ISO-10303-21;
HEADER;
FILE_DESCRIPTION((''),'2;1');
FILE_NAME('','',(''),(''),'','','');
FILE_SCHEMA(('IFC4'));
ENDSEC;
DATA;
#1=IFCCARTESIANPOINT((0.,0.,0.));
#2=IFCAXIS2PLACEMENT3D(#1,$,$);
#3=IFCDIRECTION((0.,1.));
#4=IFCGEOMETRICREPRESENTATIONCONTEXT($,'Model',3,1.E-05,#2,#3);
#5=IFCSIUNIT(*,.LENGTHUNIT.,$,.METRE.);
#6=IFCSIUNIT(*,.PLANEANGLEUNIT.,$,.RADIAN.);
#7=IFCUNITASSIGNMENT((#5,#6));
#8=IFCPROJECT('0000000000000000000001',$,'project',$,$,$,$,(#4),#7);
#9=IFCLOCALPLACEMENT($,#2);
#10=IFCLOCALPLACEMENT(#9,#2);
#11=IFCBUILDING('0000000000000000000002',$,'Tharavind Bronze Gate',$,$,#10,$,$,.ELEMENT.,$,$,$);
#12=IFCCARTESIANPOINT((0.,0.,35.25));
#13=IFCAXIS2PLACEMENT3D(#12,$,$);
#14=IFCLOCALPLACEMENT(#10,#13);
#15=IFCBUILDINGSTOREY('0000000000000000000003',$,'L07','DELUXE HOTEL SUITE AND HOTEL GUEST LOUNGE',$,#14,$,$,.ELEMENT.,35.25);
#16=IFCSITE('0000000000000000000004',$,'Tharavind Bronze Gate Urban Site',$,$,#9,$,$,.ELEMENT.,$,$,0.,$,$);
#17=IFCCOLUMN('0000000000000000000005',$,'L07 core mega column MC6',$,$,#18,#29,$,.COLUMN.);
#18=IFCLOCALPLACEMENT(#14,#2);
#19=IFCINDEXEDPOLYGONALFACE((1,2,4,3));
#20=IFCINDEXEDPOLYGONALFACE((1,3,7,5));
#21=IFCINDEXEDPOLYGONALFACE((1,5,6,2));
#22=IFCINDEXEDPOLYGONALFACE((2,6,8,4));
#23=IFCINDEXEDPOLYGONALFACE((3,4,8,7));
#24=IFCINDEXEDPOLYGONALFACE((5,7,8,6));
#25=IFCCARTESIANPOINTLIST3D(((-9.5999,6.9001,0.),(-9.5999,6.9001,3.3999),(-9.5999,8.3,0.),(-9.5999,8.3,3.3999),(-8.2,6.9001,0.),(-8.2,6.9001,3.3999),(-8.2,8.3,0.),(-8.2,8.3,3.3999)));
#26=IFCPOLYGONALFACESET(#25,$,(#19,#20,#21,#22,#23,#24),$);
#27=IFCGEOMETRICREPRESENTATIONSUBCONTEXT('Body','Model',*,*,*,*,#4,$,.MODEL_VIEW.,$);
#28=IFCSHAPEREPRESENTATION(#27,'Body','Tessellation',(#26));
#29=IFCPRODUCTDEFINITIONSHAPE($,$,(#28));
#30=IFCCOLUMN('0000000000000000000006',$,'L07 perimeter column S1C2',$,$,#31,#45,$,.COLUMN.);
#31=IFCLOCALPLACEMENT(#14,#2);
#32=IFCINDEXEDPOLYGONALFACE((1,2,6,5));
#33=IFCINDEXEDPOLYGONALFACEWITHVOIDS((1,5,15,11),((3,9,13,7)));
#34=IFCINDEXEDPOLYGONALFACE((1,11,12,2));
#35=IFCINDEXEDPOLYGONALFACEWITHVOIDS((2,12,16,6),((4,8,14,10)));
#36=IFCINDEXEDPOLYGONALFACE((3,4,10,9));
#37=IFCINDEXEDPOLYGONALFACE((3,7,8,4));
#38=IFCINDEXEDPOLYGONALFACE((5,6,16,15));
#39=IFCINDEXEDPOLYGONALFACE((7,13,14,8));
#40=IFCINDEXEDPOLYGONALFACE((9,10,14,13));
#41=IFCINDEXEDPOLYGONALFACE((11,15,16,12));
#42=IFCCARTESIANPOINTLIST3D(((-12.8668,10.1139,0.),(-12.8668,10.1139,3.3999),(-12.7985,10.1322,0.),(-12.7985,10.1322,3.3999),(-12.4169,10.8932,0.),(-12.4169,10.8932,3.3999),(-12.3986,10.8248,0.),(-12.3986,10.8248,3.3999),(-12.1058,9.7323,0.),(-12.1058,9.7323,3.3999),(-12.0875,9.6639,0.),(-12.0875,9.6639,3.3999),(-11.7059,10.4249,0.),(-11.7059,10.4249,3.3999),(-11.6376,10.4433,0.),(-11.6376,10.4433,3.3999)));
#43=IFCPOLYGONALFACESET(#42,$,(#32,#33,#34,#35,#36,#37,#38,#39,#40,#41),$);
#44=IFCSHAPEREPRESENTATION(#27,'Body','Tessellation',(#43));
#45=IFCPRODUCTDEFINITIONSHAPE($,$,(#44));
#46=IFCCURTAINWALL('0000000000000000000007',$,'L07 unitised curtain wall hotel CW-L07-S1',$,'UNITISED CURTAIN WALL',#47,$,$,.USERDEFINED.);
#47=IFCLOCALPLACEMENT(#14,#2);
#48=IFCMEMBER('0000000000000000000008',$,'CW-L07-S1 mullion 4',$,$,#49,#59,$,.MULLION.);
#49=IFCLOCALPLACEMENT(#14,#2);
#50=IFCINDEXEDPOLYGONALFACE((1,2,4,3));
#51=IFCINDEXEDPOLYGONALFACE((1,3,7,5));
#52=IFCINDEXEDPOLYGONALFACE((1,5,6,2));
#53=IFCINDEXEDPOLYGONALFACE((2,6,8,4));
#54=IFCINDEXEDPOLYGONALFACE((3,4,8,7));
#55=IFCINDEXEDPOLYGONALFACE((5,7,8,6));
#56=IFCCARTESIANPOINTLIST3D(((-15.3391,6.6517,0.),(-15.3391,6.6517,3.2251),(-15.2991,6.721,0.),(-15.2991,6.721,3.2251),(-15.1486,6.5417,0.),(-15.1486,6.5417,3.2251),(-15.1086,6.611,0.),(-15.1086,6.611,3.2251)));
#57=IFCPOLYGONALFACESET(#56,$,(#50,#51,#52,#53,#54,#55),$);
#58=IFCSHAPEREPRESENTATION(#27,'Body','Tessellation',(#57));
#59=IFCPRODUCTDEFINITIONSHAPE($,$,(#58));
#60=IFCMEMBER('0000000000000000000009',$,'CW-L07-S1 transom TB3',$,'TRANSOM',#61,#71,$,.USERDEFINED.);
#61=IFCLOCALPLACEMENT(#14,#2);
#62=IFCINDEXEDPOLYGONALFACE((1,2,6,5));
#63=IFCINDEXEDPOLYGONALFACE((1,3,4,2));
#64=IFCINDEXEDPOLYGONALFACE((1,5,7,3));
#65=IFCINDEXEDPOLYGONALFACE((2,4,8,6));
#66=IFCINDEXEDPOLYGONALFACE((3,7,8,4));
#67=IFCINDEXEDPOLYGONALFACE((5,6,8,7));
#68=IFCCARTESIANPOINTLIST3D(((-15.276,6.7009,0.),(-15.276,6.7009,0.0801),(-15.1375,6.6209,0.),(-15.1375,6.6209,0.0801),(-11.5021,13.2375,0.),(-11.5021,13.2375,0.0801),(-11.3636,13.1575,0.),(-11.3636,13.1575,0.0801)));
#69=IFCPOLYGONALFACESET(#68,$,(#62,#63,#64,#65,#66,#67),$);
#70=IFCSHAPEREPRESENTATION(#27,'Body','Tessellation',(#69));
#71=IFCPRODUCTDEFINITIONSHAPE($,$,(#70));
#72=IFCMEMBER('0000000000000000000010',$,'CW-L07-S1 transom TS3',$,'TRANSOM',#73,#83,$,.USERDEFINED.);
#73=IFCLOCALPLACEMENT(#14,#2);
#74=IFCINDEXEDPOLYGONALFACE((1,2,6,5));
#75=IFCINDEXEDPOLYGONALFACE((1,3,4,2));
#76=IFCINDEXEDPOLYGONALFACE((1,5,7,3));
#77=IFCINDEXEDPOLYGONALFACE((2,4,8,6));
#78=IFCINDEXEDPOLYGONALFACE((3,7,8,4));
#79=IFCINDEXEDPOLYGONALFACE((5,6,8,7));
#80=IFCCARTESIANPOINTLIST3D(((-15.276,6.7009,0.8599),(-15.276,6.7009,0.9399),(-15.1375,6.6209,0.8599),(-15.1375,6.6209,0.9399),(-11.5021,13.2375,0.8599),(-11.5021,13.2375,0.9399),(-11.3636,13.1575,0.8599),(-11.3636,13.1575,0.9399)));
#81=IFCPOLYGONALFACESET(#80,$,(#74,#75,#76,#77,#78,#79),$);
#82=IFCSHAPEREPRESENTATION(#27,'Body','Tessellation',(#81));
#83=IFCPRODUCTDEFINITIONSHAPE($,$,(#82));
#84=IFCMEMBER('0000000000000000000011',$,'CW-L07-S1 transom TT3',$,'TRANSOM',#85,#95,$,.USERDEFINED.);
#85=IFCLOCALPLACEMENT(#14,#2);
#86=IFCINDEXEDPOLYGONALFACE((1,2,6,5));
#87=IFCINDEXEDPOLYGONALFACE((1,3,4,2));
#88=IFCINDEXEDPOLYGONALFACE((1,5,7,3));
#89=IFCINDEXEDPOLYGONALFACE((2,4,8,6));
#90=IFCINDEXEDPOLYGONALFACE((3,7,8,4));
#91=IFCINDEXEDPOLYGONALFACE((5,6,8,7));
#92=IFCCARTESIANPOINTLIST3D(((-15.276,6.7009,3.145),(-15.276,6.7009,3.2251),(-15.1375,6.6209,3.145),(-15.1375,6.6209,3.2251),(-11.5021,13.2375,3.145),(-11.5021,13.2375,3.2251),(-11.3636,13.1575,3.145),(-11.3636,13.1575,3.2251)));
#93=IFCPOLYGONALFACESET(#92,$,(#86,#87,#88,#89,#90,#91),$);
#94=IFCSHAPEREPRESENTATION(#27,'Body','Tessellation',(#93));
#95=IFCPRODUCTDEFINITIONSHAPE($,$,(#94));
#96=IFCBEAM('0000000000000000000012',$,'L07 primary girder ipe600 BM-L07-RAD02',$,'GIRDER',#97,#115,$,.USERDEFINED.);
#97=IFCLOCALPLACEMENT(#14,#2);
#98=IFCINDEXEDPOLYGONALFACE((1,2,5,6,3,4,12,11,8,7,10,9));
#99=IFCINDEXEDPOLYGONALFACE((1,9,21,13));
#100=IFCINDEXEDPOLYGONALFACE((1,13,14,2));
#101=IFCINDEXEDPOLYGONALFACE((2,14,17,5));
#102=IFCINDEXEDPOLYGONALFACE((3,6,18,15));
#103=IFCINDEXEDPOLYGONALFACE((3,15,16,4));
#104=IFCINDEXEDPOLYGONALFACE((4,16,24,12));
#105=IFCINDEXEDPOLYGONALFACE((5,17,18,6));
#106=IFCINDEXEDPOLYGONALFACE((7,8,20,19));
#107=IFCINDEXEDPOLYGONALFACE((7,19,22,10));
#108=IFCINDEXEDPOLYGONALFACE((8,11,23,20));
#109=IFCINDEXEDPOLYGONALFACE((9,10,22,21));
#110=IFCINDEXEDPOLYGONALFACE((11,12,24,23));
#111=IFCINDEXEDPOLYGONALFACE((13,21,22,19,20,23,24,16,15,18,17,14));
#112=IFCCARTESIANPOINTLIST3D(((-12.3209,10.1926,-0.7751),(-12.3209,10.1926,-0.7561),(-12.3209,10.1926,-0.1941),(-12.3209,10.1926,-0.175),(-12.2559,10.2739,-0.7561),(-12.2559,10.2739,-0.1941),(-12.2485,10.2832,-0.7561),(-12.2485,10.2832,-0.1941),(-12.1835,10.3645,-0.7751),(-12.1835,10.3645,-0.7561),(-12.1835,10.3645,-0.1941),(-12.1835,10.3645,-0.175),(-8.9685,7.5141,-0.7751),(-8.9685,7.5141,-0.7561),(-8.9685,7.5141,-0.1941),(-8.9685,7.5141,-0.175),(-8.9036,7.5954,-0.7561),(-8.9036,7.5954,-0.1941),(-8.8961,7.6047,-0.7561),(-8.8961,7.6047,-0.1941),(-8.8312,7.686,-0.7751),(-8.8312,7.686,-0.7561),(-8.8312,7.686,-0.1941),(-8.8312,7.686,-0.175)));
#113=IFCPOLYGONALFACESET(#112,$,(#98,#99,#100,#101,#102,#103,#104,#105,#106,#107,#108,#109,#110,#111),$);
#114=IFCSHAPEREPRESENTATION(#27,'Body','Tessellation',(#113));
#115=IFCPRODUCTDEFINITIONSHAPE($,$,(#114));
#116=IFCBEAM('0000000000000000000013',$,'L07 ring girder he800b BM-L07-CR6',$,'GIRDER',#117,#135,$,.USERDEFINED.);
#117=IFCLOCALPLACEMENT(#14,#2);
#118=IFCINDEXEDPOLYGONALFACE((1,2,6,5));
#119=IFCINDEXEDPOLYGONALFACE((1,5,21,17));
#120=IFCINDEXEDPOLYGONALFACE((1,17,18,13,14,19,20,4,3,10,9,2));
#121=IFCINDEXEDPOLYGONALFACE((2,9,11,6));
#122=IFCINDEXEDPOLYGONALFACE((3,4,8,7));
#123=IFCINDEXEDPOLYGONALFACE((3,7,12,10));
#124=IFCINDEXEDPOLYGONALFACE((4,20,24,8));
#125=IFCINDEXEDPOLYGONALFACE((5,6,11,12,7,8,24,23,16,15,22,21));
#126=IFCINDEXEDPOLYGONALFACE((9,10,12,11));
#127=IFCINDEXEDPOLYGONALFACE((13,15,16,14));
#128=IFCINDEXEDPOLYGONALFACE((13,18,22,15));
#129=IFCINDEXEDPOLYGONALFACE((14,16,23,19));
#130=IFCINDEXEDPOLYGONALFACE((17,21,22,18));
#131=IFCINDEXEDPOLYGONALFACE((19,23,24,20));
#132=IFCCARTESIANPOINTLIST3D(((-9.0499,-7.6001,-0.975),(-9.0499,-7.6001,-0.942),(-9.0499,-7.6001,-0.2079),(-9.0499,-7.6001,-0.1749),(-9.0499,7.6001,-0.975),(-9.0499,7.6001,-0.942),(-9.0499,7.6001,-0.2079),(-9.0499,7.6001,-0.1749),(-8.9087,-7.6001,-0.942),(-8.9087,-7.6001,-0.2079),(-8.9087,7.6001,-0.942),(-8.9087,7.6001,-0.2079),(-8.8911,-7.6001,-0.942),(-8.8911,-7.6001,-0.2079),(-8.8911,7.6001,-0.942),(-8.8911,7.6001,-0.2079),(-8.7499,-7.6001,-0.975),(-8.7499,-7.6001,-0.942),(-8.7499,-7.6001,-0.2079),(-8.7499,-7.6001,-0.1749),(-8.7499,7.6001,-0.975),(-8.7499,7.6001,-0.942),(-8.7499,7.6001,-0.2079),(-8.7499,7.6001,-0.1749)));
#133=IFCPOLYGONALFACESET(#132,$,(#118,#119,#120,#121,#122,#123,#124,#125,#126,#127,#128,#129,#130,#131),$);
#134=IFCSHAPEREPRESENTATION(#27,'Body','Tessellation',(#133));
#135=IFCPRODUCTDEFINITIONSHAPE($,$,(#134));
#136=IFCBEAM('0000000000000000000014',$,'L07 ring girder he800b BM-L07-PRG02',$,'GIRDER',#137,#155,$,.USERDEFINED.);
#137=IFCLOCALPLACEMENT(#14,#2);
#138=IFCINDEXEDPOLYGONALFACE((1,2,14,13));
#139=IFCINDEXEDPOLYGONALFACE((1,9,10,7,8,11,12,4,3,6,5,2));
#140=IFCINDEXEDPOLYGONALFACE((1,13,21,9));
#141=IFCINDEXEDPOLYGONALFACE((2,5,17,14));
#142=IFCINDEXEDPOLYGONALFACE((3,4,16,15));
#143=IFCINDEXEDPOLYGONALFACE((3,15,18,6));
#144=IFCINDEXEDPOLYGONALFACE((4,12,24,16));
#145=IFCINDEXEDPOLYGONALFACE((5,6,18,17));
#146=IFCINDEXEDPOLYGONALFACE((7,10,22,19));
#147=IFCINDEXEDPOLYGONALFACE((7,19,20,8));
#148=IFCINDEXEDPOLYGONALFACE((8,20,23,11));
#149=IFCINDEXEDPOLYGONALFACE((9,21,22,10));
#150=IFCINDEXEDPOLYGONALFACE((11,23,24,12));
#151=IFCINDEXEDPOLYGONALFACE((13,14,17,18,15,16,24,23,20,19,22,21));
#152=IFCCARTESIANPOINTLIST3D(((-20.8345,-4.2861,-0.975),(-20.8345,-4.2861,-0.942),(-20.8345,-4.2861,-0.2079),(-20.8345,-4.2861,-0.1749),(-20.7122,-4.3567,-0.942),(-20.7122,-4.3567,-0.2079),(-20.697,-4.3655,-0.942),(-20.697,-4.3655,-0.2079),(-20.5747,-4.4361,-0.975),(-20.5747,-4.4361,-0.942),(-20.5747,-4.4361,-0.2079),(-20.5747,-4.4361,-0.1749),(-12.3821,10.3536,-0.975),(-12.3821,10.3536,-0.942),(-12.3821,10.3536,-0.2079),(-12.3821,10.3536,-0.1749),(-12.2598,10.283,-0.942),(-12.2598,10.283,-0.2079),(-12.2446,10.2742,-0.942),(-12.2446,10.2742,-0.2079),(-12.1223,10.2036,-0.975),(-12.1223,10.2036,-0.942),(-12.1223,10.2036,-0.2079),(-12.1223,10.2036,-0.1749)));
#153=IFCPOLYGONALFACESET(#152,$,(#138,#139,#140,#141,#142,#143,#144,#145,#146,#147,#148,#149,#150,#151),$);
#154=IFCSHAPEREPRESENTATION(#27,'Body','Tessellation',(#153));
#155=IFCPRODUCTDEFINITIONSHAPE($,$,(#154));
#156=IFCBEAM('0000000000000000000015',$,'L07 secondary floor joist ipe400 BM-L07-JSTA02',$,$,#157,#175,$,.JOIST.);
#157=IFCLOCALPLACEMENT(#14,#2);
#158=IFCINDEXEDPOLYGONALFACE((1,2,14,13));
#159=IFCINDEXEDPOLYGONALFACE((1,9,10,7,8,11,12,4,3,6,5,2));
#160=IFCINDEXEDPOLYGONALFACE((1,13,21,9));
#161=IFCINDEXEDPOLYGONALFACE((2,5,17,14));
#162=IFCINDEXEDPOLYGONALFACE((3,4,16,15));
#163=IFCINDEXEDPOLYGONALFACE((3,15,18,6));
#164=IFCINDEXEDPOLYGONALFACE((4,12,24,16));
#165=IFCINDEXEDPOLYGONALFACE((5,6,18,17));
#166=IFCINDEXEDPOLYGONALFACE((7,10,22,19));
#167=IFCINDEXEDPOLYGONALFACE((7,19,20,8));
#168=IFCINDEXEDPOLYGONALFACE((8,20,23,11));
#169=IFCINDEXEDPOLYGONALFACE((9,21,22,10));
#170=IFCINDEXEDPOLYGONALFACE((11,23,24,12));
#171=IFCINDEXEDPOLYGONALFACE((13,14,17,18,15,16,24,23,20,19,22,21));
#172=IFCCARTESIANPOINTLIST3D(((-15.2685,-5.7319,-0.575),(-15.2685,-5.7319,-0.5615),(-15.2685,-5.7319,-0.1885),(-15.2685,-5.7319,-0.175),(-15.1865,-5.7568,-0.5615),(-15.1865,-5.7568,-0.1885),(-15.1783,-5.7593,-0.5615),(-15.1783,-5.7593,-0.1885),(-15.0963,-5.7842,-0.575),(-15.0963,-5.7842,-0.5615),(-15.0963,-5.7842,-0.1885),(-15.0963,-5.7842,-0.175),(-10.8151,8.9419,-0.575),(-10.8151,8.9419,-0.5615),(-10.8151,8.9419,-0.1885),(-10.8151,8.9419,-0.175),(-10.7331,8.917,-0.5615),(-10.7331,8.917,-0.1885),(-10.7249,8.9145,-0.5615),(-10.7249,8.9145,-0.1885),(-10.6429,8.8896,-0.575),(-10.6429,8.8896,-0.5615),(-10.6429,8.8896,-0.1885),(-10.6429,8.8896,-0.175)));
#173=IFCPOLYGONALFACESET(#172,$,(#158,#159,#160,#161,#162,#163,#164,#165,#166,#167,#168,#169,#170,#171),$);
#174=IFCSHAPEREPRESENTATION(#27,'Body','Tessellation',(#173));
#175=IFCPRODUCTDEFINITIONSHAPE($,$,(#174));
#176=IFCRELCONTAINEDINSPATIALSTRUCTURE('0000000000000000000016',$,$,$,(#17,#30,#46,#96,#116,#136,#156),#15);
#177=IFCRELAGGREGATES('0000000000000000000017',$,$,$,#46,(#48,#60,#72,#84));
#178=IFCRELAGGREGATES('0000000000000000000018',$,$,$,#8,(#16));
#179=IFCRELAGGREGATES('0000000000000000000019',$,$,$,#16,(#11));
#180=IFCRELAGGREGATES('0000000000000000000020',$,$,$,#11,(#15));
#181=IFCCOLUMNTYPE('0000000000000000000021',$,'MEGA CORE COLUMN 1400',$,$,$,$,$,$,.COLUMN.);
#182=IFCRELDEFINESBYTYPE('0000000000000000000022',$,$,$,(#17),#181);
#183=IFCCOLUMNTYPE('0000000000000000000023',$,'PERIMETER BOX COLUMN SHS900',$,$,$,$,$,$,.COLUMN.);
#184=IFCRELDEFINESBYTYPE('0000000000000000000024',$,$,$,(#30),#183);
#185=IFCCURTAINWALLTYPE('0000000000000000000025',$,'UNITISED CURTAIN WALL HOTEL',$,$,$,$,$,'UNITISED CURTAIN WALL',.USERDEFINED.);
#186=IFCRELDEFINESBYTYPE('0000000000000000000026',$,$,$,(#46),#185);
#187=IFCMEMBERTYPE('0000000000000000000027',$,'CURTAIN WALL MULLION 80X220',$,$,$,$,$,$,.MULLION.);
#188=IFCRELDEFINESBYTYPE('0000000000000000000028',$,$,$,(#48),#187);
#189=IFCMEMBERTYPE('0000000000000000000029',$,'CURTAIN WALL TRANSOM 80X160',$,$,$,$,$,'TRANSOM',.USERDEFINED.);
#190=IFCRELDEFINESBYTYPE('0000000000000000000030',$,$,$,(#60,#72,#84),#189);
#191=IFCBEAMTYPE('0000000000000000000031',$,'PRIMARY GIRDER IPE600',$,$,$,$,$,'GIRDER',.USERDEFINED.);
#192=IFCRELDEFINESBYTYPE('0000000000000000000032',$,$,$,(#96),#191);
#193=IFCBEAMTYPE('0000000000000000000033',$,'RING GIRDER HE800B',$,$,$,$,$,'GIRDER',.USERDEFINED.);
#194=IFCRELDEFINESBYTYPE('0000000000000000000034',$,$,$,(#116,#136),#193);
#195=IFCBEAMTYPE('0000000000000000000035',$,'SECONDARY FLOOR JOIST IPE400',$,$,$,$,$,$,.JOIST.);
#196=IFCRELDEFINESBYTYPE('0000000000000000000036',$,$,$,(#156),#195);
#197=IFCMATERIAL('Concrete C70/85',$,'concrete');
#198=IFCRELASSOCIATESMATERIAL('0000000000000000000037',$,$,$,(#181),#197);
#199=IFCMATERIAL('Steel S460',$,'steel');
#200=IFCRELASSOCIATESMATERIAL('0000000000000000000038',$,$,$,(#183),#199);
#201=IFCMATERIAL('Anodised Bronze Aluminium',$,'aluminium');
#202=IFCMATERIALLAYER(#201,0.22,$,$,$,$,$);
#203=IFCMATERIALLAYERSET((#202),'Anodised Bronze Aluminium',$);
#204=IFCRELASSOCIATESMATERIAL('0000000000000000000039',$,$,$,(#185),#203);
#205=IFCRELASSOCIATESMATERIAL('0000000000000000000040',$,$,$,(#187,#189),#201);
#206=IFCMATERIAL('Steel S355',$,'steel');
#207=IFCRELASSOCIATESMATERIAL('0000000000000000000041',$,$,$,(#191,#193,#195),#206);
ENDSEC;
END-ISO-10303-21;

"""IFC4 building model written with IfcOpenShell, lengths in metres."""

from ifc_helpers import new_model, si_unit, direction, frame, origin, origin_2d, place, context, subcontext, project, spatial, rectangle, hollow_rectangle, i_section, extrude, material, layer, layer_set, material_profile, profile_set, type_object, element, aggregate, save


model = new_model("IFC4")

# Units and contexts
model_context = context("Model", 3, precision=1e-05, world=origin(), true_north=direction((0.0, 1.0)))
body_context = subcontext(model_context, "Body", "Model", "MODEL_VIEW")
ifc_project = project(units=[si_unit("LENGTHUNIT", "METRE"), si_unit("PLANEANGLEUNIT", "RADIAN")], contexts=[model_context])

# Site, building, storey
site_placement = place(None, origin())
site = spatial("IfcSite", under=ifc_project, at=site_placement, Name="Tharavind Bronze Gate Urban Site", CompositionType="ELEMENT", RefElevation=0.0)
building_placement = place(site_placement, origin())
building = spatial("IfcBuilding", under=site, at=building_placement, Name="Tharavind Bronze Gate", CompositionType="ELEMENT")
storey_placement = place(building_placement, frame((0.0, 0.0, 35.25)))
storey = spatial("IfcBuildingStorey", under=building, at=storey_placement, Name="L07", Description="DELUXE HOTEL SUITE AND HOTEL GUEST LOUNGE", CompositionType="ELEMENT", Elevation=35.25)

# Columns
ifc_material_1 = material(Name="Concrete C70/85", Category="concrete")
ifc_material_profile_1 = material_profile(ifc_material_1, rectangle(XDim=1.3999, YDim=1.3999, at=origin_2d()), Name="RCCOL1400")
ifc_profile_set_1 = profile_set([ifc_material_profile_1], Name="Concrete C70/85")
column_type_1 = type_object("IfcColumnType", Name="MEGA CORE COLUMN 1400", PredefinedType="COLUMN", material=ifc_profile_set_1)
column_1_placement = place(storey_placement, frame((-8.8999, 7.6001, 0.0), z_axis=(0.0, 0.0, 1.0), x_axis=(1.0, 0.0, 0.0)))
element("IfcColumn", 1, at=column_1_placement, inside=storey, type_object=column_type_1, Name="L07 core mega column MC6", PredefinedType="COLUMN", context=body_context, shape_type="SweptSolid", body=[
    extrude(rectangle(XDim=1.3999, YDim=1.3999, at=origin_2d()), origin(), (0.0, 0.0, 1.0), 3.3999),
])
ifc_material_2 = material(Name="Steel S460", Category="steel")
ifc_material_profile_2 = material_profile(ifc_material_2, hollow_rectangle(XDim=0.8999, YDim=0.8999, WallThickness=0.05, at=origin_2d()), Name="SHS900X50")
ifc_profile_set_2 = profile_set([ifc_material_profile_2], Name="Steel S460")
column_type_2 = type_object("IfcColumnType", Name="PERIMETER BOX COLUMN SHS900", PredefinedType="COLUMN", material=ifc_profile_set_2)
column_2_placement = place(storey_placement, frame((-12.2522, 10.2786, 0.0), z_axis=(0.0, 0.0, 1.0), x_axis=(0.500002, 0.866025, 0.0)))
element("IfcColumn", 2, at=column_2_placement, inside=storey, type_object=column_type_2, Name="L07 perimeter column S1C2", PredefinedType="COLUMN", context=body_context, shape_type="SweptSolid", body=[
    extrude(hollow_rectangle(XDim=0.8999, YDim=0.8999, WallThickness=0.05, at=origin_2d()), origin(), (0.0, 0.0, 1.0), 3.3999),
])

# Curtain wall, members
ifc_material_3 = material(Name="Anodised Bronze Aluminium", Category="aluminium")
ifc_layer_1 = layer(ifc_material_3, 0.22)
ifc_layer_set_1 = layer_set([ifc_layer_1], Name="Anodised Bronze Aluminium")
curtain_wall_type = type_object("IfcCurtainWallType", Name="UNITISED CURTAIN WALL HOTEL", ElementType="UNITISED CURTAIN WALL", PredefinedType="USERDEFINED", material=ifc_layer_set_1)
curtain_wall_placement = place(storey_placement, origin())
curtain_wall = element("IfcCurtainWall", 3, at=curtain_wall_placement, inside=storey, type_object=curtain_wall_type, Name="L07 unitised curtain wall hotel CW-L07-S1", ObjectType="UNITISED CURTAIN WALL", PredefinedType="USERDEFINED")
member_type_1 = type_object("IfcMemberType", Name="CURTAIN WALL MULLION 80X220", PredefinedType="MULLION", material=ifc_material_3)
member_1_placement = place(storey_placement, frame((-15.2239, 6.6313, 0.0), z_axis=(0.0, 0.0, 1.0), x_axis=(-0.500002, -0.866025, 0.0)))
member_1 = element("IfcMember", 4, at=member_1_placement, type_object=member_type_1, Name="CW-L07-S1 mullion 4", PredefinedType="MULLION", context=body_context, shape_type="SweptSolid", body=[
    extrude(rectangle(XDim=0.0801, YDim=0.22, at=origin_2d()), origin(), (0.0, 0.0, 1.0), 3.2251),
])
member_type_2 = type_object("IfcMemberType", Name="CURTAIN WALL TRANSOM 80X160", ElementType="TRANSOM", PredefinedType="USERDEFINED", material=ifc_material_3)
member_2_placement = place(storey_placement, frame((-13.3198, 9.9292, 0.0), z_axis=(0.0, 0.0, 1.0), x_axis=(-0.500002, -0.866025, 0.0)))
member_2 = element("IfcMember", 5, at=member_2_placement, type_object=member_type_2, Name="CW-L07-S1 transom TB3", ObjectType="TRANSOM", PredefinedType="USERDEFINED", context=body_context, shape_type="SweptSolid", body=[
    extrude(rectangle(XDim=7.5479, YDim=0.1599, at=origin_2d()), origin(), (0.0, 0.0, 1.0), 0.0801),
])
member_3_placement = place(storey_placement, frame((-13.3198, 9.9292, 0.8599), z_axis=(0.0, 0.0, 1.0), x_axis=(-0.500002, -0.866025, 0.0)))
member_3 = element("IfcMember", 6, at=member_3_placement, type_object=member_type_2, Name="CW-L07-S1 transom TS3", ObjectType="TRANSOM", PredefinedType="USERDEFINED", context=body_context, shape_type="SweptSolid", body=[
    extrude(rectangle(XDim=7.5479, YDim=0.1599, at=origin_2d()), origin(), (0.0, 0.0, 1.0), 0.0801),
])
member_4_placement = place(storey_placement, frame((-13.3198, 9.9292, 3.145), z_axis=(0.0, 0.0, 1.0), x_axis=(-0.500002, -0.866025, 0.0)))
member_4 = element("IfcMember", 7, at=member_4_placement, type_object=member_type_2, Name="CW-L07-S1 transom TT3", ObjectType="TRANSOM", PredefinedType="USERDEFINED", context=body_context, shape_type="SweptSolid", body=[
    extrude(rectangle(XDim=7.5479, YDim=0.1599, at=origin_2d()), origin(), (0.0, 0.0, 1.0), 0.0801),
])

# Beams
ifc_material_4 = material(Name="Steel S355", Category="steel")
ifc_material_profile_3 = material_profile(ifc_material_4, i_section(OverallWidth=0.22, OverallDepth=0.6001, WebThickness=0.012, FlangeThickness=0.019, at=origin_2d()), Name="IPE600")
ifc_profile_set_3 = profile_set([ifc_material_profile_3], Name="Steel S355")
beam_type_1 = type_object("IfcBeamType", Name="PRIMARY GIRDER IPE600", ElementType="GIRDER", PredefinedType="USERDEFINED", material=ifc_profile_set_3)
beam_1_placement = place(storey_placement, frame((-12.2522, 10.2786, -0.4751), z_axis=(0.781252, -0.624216, 0.0), x_axis=(0.624216, 0.781252, 0.0)))
element("IfcBeam", 8, at=beam_1_placement, inside=storey, type_object=beam_type_1, Name="L07 primary girder ipe600 BM-L07-RAD02", ObjectType="GIRDER", PredefinedType="USERDEFINED", context=body_context, shape_type="SweptSolid", body=[
    extrude(i_section(OverallWidth=0.22, OverallDepth=0.6001, WebThickness=0.012, FlangeThickness=0.019, at=origin_2d()), origin(), (0.0, 0.0, 1.0), 4.291),
])
ifc_material_profile_4 = material_profile(ifc_material_4, i_section(OverallWidth=0.3, OverallDepth=0.8, WebThickness=0.0176, FlangeThickness=0.033, at=origin_2d()), Name="HE800B")
ifc_profile_set_4 = profile_set([ifc_material_profile_4], Name="Steel S355")
beam_type_2 = type_object("IfcBeamType", Name="RING GIRDER HE800B", ElementType="GIRDER", PredefinedType="USERDEFINED", material=ifc_profile_set_4)
beam_2_placement = place(storey_placement, frame((-8.8999, 7.6001, -0.575), z_axis=(0.0, -1.0, 0.0), x_axis=(1.0, 0.0, 0.0)))
element("IfcBeam", 9, at=beam_2_placement, inside=storey, type_object=beam_type_2, Name="L07 ring girder he800b BM-L07-CR6", ObjectType="GIRDER", PredefinedType="USERDEFINED", context=body_context, shape_type="SweptSolid", body=[
    extrude(i_section(OverallWidth=0.3, OverallDepth=0.8, WebThickness=0.0176, FlangeThickness=0.033, at=origin_2d()), origin(), (0.0, 0.0, 1.0), 15.2002),
])
beam_3_placement = place(storey_placement, frame((-12.2522, 10.2786, -0.575), z_axis=(-0.500008, -0.866021, 0.0), x_axis=(0.866021, -0.500008, 0.0)))
element("IfcBeam", 10, at=beam_3_placement, inside=storey, type_object=beam_type_2, Name="L07 ring girder he800b BM-L07-PRG02", ObjectType="GIRDER", PredefinedType="USERDEFINED", context=body_context, shape_type="SweptSolid", body=[
    extrude(i_section(OverallWidth=0.3, OverallDepth=0.8, WebThickness=0.0176, FlangeThickness=0.033, at=origin_2d()), origin(), (0.0, 0.0, 1.0), 16.9045),
])
ifc_material_profile_5 = material_profile(ifc_material_4, i_section(OverallWidth=0.1799, OverallDepth=0.3999, WebThickness=0.0085, FlangeThickness=0.0134, at=origin_2d()), Name="IPE400")
ifc_profile_set_5 = profile_set([ifc_material_profile_5], Name="Steel S355")
beam_type_3 = type_object("IfcBeamType", Name="SECONDARY FLOOR JOIST IPE400", PredefinedType="JOIST", material=ifc_profile_set_5)
beam_4_placement = place(storey_placement, frame((-10.729, 8.9158, -0.375), z_axis=(-0.290411, -0.956902, 0.0), x_axis=(0.956902, -0.290411, 0.0)))
element("IfcBeam", 11, at=beam_4_placement, inside=storey, type_object=beam_type_3, Name="L07 secondary floor joist ipe400 BM-L07-JSTA02", PredefinedType="JOIST", context=body_context, shape_type="SweptSolid", body=[
    extrude(i_section(OverallWidth=0.1799, OverallDepth=0.3999, WebThickness=0.0085, FlangeThickness=0.0134, at=origin_2d()), origin(), (0.0, 0.0, 1.0), 15.3347),
])

aggregate(curtain_wall, [member_1, member_2, member_3, member_4])

save(model, "model.ifc")
